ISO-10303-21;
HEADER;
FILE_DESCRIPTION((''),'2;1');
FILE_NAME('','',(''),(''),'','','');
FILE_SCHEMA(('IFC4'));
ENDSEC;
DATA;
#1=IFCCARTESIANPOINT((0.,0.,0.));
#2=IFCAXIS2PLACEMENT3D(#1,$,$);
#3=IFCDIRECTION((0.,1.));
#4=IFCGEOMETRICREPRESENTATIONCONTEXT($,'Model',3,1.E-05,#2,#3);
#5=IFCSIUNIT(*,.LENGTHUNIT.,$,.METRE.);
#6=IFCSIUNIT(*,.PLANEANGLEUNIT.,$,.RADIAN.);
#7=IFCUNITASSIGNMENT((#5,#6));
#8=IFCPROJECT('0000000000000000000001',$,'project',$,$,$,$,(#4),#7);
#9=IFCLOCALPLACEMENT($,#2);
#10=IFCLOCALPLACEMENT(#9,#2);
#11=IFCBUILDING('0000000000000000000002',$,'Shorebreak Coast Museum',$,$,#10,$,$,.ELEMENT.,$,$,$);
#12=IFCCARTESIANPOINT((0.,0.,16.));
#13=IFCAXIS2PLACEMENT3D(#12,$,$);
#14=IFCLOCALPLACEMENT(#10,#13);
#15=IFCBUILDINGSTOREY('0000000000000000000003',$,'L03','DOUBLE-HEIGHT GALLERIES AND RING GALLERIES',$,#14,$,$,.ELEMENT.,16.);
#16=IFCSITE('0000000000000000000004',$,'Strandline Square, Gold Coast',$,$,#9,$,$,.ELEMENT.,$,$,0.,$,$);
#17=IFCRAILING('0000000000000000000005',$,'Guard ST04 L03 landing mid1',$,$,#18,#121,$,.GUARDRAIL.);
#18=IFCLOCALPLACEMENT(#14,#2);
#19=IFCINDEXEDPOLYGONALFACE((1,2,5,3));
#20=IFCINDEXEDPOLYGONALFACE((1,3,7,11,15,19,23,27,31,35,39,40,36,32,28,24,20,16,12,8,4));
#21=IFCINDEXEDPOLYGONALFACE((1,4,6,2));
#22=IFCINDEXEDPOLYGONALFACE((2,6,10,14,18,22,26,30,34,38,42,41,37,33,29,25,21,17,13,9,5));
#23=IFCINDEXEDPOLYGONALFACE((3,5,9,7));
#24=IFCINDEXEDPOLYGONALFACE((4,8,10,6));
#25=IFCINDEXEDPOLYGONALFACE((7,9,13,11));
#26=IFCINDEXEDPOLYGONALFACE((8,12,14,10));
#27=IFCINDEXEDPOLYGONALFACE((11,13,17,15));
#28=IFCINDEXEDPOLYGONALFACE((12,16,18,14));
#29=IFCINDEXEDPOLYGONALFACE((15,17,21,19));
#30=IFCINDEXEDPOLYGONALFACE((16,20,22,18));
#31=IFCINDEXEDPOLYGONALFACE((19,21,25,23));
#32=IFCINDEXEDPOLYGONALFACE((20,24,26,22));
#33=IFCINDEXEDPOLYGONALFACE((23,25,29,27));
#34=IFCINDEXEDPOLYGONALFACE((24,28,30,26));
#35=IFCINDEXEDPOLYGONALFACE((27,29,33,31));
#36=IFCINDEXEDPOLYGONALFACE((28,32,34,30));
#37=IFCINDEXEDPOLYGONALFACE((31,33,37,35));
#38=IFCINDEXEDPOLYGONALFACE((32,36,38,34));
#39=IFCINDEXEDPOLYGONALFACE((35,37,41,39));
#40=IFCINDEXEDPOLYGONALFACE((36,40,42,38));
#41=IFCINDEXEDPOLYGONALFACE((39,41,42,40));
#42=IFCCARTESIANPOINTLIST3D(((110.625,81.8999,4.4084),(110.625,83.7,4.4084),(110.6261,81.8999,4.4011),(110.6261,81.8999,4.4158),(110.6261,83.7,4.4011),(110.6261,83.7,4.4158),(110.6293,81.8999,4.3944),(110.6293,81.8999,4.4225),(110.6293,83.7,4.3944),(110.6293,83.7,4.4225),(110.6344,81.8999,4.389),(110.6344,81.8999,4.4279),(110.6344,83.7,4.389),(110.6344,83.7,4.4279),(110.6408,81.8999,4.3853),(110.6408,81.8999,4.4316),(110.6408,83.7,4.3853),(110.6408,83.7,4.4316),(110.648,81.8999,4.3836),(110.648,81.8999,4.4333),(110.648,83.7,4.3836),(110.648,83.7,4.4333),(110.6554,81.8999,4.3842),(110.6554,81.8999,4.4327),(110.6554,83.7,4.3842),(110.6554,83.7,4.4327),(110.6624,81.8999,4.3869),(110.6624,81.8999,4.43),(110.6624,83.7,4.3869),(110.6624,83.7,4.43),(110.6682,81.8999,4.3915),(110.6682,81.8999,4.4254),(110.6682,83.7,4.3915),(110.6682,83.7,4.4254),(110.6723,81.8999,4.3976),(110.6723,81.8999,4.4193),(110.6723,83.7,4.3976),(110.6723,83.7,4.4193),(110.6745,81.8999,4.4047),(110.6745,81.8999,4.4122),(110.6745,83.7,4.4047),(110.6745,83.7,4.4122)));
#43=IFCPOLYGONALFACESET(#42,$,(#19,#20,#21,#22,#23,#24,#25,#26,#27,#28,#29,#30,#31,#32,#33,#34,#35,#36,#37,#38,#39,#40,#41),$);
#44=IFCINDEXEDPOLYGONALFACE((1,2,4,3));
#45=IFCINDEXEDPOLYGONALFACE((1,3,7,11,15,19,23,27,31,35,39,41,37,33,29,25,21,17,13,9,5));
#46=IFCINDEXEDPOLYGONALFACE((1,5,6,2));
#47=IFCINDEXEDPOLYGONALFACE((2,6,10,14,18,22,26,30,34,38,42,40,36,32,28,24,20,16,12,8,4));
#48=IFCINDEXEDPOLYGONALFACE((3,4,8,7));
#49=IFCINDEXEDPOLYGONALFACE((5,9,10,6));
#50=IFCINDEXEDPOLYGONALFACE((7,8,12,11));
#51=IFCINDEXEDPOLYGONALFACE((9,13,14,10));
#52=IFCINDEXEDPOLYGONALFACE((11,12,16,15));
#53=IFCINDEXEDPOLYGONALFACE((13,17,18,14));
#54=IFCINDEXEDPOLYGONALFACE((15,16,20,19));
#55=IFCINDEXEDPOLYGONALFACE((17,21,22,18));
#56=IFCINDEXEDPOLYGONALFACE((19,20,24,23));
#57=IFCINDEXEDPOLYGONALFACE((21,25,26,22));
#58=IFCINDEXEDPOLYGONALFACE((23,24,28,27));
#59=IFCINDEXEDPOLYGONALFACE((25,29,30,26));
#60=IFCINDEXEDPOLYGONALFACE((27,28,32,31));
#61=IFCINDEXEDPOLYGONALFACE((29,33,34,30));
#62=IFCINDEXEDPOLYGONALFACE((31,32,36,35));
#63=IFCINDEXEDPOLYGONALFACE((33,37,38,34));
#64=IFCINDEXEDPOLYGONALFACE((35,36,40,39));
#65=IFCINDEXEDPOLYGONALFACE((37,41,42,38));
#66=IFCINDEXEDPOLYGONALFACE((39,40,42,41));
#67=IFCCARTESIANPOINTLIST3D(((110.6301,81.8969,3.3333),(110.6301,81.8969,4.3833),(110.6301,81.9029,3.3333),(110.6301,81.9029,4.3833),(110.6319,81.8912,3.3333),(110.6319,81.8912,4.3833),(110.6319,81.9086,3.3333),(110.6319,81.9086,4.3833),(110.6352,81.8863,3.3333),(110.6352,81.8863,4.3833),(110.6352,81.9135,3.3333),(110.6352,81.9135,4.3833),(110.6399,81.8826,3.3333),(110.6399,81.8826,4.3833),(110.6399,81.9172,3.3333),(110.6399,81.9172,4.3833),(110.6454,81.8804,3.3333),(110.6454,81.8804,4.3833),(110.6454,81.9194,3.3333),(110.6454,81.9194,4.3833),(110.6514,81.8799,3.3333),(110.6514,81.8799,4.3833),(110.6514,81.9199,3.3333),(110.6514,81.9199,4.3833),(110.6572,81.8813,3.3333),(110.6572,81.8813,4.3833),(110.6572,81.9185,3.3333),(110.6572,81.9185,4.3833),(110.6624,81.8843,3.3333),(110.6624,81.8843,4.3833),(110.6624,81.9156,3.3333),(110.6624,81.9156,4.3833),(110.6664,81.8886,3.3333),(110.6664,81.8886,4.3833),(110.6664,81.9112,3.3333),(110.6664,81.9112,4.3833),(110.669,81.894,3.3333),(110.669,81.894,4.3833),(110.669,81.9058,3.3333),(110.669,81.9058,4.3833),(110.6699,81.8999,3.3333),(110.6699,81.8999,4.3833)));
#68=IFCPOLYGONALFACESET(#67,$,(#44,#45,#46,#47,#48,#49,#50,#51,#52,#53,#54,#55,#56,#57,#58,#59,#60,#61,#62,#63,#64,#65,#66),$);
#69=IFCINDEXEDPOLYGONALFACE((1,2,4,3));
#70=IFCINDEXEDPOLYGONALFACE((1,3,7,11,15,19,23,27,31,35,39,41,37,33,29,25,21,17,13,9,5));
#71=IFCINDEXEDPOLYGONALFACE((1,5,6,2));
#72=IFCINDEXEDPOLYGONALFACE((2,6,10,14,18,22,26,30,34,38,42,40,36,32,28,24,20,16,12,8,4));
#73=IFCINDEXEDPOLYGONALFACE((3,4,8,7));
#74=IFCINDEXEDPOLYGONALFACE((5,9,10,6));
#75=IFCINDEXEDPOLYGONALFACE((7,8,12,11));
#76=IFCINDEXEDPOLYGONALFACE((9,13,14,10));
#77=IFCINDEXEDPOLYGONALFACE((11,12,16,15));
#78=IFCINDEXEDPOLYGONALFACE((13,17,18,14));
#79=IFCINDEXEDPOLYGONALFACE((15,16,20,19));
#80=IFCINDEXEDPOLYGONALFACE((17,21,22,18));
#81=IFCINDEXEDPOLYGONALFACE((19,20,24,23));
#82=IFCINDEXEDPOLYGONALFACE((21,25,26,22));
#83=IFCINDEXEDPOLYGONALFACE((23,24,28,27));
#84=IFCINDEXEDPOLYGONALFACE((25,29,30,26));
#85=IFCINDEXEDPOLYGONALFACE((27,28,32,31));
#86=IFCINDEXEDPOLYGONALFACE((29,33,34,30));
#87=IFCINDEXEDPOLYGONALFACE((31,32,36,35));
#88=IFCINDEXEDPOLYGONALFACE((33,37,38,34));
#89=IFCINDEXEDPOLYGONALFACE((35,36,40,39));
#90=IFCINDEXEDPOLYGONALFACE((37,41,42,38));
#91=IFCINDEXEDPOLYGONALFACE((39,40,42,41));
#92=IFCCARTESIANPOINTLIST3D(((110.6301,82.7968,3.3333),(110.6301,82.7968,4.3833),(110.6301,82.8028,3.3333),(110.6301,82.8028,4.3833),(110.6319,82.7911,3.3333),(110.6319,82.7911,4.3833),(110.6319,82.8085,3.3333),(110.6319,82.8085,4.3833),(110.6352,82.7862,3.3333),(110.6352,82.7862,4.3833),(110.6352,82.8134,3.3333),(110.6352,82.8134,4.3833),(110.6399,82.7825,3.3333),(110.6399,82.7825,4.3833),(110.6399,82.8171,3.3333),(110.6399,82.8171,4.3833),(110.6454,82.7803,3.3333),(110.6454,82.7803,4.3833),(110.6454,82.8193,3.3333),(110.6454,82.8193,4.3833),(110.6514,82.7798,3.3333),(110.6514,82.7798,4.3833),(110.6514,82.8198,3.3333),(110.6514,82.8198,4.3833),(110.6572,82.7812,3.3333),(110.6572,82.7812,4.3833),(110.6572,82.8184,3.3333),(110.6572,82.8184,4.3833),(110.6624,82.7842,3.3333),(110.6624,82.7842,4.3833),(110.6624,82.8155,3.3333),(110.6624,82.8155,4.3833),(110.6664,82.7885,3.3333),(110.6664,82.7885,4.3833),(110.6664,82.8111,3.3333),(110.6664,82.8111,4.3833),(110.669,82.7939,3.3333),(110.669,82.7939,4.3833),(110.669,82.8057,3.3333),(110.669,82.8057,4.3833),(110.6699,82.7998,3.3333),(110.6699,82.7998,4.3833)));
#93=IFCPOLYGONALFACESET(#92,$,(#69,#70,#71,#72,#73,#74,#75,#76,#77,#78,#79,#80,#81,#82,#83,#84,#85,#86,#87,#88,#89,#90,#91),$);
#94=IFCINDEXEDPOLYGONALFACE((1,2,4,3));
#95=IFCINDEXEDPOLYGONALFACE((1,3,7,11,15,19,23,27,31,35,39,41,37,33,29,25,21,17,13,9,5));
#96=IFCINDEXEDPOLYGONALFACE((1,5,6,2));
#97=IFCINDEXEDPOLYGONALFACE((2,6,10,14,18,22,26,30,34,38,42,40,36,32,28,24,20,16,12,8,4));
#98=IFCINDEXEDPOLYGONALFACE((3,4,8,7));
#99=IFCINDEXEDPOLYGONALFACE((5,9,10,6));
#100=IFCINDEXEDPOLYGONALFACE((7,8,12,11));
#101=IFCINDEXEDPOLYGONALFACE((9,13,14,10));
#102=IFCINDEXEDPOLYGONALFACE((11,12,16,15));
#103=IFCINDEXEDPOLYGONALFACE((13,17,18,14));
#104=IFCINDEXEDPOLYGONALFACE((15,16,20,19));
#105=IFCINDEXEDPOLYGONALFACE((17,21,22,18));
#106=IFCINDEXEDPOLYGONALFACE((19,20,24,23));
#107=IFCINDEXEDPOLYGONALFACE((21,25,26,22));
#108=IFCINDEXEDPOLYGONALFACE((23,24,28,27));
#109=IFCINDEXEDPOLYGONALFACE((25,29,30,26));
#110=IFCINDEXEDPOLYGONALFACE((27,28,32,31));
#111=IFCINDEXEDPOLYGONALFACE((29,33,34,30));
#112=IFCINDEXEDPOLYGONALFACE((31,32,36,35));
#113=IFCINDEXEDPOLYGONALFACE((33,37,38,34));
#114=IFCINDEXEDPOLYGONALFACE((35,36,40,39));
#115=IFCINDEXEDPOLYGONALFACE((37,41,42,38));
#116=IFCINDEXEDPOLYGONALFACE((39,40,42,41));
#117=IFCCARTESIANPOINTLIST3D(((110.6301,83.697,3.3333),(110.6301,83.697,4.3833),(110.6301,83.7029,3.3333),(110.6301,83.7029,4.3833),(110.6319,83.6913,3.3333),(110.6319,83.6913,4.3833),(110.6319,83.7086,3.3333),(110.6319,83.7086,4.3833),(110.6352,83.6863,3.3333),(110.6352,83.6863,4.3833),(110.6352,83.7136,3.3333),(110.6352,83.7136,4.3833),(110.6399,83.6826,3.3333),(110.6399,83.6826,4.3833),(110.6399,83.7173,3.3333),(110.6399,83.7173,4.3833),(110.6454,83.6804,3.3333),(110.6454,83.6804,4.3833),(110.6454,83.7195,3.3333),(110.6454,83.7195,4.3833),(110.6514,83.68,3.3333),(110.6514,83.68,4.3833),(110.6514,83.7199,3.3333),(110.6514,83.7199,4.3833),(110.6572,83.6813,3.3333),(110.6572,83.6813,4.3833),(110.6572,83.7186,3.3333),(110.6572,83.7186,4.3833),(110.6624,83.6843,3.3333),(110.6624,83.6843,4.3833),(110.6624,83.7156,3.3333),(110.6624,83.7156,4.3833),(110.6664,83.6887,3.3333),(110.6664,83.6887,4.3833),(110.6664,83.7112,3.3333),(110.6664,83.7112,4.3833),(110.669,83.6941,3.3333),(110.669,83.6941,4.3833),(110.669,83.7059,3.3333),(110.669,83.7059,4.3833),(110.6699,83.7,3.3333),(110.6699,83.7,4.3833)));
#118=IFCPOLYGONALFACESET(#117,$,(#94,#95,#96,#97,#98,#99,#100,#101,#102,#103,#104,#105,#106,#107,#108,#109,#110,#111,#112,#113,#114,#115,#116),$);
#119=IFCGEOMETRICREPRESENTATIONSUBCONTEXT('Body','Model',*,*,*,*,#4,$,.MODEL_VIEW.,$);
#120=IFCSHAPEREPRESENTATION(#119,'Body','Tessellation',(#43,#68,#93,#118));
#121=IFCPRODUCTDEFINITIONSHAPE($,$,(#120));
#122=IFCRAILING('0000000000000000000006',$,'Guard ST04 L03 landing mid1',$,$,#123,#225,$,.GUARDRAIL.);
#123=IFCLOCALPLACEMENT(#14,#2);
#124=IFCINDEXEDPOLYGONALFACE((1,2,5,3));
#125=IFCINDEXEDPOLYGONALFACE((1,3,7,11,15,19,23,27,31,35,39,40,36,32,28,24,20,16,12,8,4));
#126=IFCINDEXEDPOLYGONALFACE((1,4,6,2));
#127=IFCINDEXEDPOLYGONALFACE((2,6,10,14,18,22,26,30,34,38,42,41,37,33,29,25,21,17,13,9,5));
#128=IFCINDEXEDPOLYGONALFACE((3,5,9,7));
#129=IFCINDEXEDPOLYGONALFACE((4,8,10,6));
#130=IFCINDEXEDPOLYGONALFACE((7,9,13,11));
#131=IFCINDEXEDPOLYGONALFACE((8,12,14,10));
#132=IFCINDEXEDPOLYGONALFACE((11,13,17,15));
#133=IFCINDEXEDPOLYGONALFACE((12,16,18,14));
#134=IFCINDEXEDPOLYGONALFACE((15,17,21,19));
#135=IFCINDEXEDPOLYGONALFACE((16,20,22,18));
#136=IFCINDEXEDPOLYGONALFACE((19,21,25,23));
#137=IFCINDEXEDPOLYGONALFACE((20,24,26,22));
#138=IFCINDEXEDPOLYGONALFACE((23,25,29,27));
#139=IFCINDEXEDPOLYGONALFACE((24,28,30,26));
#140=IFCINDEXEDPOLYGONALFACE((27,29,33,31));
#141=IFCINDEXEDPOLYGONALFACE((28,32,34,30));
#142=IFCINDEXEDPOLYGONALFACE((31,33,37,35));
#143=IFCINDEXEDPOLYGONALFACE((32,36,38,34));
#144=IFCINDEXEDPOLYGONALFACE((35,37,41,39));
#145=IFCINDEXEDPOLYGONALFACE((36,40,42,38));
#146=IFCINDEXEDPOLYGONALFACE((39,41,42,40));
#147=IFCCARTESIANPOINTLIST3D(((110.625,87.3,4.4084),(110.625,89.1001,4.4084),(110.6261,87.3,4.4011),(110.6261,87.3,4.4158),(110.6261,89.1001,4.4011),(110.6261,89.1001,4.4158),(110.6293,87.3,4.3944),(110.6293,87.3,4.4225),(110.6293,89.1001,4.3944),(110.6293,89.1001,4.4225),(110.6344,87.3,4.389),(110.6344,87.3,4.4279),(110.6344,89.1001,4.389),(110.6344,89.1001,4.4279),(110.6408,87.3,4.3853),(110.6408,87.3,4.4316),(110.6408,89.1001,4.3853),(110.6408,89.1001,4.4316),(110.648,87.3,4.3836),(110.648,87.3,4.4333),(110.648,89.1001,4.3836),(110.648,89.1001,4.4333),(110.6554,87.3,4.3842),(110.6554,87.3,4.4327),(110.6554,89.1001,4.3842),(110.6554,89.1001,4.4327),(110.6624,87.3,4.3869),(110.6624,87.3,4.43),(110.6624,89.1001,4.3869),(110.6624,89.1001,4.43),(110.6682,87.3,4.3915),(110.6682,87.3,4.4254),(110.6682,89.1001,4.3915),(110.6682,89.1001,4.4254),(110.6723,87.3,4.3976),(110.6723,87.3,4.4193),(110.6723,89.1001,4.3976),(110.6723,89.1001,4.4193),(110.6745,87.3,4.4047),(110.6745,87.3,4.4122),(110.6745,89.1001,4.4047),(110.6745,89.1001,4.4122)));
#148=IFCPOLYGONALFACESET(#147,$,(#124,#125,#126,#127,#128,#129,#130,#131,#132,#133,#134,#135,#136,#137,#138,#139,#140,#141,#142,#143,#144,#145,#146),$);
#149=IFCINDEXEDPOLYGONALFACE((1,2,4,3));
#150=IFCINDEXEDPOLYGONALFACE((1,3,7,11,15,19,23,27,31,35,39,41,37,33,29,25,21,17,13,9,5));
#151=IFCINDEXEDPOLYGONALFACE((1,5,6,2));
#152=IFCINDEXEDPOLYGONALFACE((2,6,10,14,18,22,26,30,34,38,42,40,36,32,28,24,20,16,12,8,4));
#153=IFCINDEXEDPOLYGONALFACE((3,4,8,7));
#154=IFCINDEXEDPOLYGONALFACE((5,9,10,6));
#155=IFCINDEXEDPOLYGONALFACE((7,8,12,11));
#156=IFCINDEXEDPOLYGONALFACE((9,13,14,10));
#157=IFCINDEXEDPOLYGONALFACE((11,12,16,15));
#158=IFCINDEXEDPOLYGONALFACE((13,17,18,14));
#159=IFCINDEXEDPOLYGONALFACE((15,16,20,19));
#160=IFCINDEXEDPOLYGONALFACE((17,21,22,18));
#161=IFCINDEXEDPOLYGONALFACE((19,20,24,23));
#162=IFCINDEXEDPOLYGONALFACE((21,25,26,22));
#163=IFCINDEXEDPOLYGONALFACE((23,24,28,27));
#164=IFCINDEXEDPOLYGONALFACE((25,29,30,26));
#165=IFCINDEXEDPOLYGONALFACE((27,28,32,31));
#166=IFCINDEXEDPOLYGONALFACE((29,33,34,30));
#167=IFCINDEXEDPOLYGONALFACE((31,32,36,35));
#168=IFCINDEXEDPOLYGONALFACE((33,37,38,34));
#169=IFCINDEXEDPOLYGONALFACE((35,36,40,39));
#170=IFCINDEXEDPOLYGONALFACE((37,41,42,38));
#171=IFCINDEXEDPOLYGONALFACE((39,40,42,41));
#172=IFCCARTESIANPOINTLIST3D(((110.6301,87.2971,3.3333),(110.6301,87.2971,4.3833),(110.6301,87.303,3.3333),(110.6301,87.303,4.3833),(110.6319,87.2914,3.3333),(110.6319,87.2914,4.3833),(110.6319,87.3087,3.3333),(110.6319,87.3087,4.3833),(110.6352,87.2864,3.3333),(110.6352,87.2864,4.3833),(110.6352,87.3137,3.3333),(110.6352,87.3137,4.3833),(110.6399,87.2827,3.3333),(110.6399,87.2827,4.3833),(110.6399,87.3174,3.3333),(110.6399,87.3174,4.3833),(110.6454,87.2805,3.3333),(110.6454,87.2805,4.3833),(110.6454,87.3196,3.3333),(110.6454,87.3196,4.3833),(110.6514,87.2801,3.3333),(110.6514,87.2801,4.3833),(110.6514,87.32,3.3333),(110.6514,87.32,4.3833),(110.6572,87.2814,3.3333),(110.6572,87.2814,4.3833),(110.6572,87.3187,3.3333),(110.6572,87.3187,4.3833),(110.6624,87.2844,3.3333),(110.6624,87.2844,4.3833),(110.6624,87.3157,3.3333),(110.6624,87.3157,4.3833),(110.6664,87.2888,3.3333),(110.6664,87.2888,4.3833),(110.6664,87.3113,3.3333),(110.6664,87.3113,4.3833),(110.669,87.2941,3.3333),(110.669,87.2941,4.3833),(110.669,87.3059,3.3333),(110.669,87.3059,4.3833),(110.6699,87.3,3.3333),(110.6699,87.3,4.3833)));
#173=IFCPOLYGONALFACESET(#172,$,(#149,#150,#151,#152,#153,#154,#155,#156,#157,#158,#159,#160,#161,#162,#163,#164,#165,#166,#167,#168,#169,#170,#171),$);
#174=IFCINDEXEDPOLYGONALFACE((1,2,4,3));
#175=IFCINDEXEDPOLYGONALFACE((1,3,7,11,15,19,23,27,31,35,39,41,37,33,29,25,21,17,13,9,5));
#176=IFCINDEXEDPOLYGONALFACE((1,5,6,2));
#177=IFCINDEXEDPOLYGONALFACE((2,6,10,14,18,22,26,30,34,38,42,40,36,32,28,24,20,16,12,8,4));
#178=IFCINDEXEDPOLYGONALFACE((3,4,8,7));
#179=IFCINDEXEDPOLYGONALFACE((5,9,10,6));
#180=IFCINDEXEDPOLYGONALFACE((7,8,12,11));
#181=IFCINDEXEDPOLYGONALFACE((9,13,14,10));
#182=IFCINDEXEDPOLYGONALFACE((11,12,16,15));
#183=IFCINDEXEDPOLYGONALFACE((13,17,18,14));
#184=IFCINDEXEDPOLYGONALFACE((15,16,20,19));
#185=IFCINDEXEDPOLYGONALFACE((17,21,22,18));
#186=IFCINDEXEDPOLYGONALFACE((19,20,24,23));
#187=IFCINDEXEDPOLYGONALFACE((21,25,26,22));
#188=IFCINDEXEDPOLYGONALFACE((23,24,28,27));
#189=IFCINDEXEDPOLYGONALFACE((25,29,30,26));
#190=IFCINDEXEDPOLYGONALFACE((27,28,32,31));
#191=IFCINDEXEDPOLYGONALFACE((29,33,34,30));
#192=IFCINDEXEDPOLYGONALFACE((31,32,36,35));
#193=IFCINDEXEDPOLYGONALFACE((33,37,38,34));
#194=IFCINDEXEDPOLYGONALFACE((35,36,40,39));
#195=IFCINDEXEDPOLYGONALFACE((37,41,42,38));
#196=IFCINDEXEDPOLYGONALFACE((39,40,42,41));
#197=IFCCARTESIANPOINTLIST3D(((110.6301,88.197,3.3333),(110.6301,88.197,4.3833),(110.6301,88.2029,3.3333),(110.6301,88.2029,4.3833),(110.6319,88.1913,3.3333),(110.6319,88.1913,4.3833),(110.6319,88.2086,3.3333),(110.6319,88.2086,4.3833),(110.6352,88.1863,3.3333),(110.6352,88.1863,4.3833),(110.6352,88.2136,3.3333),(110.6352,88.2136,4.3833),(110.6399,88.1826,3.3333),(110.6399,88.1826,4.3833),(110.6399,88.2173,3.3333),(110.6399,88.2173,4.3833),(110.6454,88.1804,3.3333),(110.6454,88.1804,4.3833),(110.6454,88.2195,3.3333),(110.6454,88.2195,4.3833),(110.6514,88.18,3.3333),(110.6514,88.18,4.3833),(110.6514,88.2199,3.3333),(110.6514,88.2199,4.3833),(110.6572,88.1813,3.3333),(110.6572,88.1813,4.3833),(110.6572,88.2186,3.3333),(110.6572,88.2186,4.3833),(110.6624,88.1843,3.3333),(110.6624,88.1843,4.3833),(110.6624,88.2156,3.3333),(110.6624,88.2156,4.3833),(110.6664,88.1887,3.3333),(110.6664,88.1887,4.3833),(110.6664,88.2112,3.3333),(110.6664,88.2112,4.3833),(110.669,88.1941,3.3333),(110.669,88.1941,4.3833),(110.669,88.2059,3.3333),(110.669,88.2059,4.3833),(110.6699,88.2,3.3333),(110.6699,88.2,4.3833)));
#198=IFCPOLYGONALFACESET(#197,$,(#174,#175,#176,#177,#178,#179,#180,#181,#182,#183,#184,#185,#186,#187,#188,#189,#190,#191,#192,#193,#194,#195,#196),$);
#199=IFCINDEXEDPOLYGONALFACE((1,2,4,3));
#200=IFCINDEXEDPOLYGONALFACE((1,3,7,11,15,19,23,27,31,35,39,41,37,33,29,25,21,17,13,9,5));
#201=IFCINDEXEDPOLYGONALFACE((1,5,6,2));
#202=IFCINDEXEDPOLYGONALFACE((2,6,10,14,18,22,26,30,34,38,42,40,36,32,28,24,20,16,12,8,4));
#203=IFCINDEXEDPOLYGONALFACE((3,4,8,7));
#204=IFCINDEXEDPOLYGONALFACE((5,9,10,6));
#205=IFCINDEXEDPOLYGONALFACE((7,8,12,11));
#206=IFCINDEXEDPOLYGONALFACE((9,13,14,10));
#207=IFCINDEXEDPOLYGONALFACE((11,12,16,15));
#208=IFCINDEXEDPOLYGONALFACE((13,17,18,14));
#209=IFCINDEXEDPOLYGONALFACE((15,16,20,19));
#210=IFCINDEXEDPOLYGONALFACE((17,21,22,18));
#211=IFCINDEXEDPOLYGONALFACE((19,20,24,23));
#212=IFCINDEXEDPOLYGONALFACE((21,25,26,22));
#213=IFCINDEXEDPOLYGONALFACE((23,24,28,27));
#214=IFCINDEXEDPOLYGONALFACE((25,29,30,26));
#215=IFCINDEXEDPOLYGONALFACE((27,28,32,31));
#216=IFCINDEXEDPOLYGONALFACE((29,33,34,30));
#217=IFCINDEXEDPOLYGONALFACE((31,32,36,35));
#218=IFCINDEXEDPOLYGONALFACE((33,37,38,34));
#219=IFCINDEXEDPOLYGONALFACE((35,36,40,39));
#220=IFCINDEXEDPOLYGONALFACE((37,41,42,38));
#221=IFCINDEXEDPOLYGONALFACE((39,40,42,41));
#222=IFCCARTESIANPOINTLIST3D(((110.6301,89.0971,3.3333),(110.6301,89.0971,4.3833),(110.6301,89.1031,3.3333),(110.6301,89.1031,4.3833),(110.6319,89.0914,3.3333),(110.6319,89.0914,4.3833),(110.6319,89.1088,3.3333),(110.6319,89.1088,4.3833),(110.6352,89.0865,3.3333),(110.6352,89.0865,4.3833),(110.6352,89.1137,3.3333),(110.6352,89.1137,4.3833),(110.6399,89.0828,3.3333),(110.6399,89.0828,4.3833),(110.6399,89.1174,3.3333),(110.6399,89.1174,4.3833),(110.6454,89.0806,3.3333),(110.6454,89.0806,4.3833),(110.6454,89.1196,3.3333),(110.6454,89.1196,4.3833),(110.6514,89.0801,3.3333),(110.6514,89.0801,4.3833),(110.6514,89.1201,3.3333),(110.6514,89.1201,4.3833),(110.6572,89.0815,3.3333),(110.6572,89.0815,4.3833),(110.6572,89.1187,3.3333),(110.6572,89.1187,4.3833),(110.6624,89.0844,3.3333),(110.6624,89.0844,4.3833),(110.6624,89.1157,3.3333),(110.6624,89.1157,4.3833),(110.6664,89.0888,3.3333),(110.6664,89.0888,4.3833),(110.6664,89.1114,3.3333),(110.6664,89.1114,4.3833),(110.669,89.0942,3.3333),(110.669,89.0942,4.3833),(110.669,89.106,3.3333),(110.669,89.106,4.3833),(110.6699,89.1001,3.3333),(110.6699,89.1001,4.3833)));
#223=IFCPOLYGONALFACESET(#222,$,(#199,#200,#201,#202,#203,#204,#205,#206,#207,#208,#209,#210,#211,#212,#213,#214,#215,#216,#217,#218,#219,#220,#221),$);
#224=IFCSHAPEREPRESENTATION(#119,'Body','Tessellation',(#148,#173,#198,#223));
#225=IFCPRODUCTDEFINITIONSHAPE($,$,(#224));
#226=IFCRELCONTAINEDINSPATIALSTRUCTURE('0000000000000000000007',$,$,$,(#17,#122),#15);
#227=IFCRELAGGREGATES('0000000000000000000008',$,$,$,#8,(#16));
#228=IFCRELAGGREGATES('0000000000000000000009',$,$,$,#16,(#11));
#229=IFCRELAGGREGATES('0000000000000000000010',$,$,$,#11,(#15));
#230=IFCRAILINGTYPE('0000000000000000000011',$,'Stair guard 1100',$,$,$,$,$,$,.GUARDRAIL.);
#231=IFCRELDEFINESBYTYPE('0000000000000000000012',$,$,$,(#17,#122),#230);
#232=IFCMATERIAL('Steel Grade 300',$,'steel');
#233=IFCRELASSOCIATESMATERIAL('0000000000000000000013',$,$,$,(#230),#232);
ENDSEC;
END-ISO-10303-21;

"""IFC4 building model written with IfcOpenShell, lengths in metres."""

from ifc_helpers import new_model, si_unit, direction, frame, origin, origin_2d, place, context, subcontext, project, spatial, circle, extrude, material, type_object, element, save


model = new_model("IFC4")

# Units and contexts
model_context = context("Model", 3, precision=1e-05, world=origin(), true_north=direction((0.0, 1.0)))
body_context = subcontext(model_context, "Body", "Model", "MODEL_VIEW")
ifc_project = project(units=[si_unit("LENGTHUNIT", "METRE"), si_unit("PLANEANGLEUNIT", "RADIAN")], contexts=[model_context])

# Site, building, storey
site_placement = place(None, origin())
site = spatial("IfcSite", under=ifc_project, at=site_placement, Name="Strandline Square, Gold Coast", CompositionType="ELEMENT", RefElevation=0.0)
building_placement = place(site_placement, origin())
building = spatial("IfcBuilding", under=site, at=building_placement, Name="Shorebreak Coast Museum", CompositionType="ELEMENT")
storey_placement = place(building_placement, frame((0.0, 0.0, 16.0)))
storey = spatial("IfcBuildingStorey", under=building, at=storey_placement, Name="L03", Description="DOUBLE-HEIGHT GALLERIES AND RING GALLERIES", CompositionType="ELEMENT", Elevation=16.0)

# Railings
ifc_material_1 = material(Name="Steel Grade 300", Category="steel")
railing_type = type_object("IfcRailingType", Name="Stair guard 1100", PredefinedType="GUARDRAIL", material=ifc_material_1)
for number, where, name in (
    (1, (110.6499, 81.8999, 3.3333), "Guard ST04 L03 landing mid1"),
    (2, (110.6499, 87.3, 3.3333), "Guard ST04 L03 landing mid1"),
):
    element("IfcRailing", number, at=place(storey_placement, frame(where)), inside=storey, type_object=railing_type, Name=name, PredefinedType="GUARDRAIL", context=body_context, shape_type="SweptSolid", body=[
        extrude(circle(Radius=0.0249, at=origin_2d()), frame((0.0, 0.0, 1.0752), z_axis=(0.0, 1.0, 0.0), x_axis=(-1.0, 0.0, 0.0)), (0.0, 0.0, 1.0), 1.8),
        extrude(circle(Radius=0.02, at=origin_2d()), origin(), (0.0, 0.0, 1.0), 1.05),
        extrude(circle(Radius=0.02, at=origin_2d()), frame((0.0, 0.8999, 0.0)), (0.0, 0.0, 1.0), 1.05),
        extrude(circle(Radius=0.02, at=origin_2d()), frame((0.0, 1.8, 0.0)), (0.0, 0.0, 1.0), 1.05),
    ])

save(model, "model.ifc")
